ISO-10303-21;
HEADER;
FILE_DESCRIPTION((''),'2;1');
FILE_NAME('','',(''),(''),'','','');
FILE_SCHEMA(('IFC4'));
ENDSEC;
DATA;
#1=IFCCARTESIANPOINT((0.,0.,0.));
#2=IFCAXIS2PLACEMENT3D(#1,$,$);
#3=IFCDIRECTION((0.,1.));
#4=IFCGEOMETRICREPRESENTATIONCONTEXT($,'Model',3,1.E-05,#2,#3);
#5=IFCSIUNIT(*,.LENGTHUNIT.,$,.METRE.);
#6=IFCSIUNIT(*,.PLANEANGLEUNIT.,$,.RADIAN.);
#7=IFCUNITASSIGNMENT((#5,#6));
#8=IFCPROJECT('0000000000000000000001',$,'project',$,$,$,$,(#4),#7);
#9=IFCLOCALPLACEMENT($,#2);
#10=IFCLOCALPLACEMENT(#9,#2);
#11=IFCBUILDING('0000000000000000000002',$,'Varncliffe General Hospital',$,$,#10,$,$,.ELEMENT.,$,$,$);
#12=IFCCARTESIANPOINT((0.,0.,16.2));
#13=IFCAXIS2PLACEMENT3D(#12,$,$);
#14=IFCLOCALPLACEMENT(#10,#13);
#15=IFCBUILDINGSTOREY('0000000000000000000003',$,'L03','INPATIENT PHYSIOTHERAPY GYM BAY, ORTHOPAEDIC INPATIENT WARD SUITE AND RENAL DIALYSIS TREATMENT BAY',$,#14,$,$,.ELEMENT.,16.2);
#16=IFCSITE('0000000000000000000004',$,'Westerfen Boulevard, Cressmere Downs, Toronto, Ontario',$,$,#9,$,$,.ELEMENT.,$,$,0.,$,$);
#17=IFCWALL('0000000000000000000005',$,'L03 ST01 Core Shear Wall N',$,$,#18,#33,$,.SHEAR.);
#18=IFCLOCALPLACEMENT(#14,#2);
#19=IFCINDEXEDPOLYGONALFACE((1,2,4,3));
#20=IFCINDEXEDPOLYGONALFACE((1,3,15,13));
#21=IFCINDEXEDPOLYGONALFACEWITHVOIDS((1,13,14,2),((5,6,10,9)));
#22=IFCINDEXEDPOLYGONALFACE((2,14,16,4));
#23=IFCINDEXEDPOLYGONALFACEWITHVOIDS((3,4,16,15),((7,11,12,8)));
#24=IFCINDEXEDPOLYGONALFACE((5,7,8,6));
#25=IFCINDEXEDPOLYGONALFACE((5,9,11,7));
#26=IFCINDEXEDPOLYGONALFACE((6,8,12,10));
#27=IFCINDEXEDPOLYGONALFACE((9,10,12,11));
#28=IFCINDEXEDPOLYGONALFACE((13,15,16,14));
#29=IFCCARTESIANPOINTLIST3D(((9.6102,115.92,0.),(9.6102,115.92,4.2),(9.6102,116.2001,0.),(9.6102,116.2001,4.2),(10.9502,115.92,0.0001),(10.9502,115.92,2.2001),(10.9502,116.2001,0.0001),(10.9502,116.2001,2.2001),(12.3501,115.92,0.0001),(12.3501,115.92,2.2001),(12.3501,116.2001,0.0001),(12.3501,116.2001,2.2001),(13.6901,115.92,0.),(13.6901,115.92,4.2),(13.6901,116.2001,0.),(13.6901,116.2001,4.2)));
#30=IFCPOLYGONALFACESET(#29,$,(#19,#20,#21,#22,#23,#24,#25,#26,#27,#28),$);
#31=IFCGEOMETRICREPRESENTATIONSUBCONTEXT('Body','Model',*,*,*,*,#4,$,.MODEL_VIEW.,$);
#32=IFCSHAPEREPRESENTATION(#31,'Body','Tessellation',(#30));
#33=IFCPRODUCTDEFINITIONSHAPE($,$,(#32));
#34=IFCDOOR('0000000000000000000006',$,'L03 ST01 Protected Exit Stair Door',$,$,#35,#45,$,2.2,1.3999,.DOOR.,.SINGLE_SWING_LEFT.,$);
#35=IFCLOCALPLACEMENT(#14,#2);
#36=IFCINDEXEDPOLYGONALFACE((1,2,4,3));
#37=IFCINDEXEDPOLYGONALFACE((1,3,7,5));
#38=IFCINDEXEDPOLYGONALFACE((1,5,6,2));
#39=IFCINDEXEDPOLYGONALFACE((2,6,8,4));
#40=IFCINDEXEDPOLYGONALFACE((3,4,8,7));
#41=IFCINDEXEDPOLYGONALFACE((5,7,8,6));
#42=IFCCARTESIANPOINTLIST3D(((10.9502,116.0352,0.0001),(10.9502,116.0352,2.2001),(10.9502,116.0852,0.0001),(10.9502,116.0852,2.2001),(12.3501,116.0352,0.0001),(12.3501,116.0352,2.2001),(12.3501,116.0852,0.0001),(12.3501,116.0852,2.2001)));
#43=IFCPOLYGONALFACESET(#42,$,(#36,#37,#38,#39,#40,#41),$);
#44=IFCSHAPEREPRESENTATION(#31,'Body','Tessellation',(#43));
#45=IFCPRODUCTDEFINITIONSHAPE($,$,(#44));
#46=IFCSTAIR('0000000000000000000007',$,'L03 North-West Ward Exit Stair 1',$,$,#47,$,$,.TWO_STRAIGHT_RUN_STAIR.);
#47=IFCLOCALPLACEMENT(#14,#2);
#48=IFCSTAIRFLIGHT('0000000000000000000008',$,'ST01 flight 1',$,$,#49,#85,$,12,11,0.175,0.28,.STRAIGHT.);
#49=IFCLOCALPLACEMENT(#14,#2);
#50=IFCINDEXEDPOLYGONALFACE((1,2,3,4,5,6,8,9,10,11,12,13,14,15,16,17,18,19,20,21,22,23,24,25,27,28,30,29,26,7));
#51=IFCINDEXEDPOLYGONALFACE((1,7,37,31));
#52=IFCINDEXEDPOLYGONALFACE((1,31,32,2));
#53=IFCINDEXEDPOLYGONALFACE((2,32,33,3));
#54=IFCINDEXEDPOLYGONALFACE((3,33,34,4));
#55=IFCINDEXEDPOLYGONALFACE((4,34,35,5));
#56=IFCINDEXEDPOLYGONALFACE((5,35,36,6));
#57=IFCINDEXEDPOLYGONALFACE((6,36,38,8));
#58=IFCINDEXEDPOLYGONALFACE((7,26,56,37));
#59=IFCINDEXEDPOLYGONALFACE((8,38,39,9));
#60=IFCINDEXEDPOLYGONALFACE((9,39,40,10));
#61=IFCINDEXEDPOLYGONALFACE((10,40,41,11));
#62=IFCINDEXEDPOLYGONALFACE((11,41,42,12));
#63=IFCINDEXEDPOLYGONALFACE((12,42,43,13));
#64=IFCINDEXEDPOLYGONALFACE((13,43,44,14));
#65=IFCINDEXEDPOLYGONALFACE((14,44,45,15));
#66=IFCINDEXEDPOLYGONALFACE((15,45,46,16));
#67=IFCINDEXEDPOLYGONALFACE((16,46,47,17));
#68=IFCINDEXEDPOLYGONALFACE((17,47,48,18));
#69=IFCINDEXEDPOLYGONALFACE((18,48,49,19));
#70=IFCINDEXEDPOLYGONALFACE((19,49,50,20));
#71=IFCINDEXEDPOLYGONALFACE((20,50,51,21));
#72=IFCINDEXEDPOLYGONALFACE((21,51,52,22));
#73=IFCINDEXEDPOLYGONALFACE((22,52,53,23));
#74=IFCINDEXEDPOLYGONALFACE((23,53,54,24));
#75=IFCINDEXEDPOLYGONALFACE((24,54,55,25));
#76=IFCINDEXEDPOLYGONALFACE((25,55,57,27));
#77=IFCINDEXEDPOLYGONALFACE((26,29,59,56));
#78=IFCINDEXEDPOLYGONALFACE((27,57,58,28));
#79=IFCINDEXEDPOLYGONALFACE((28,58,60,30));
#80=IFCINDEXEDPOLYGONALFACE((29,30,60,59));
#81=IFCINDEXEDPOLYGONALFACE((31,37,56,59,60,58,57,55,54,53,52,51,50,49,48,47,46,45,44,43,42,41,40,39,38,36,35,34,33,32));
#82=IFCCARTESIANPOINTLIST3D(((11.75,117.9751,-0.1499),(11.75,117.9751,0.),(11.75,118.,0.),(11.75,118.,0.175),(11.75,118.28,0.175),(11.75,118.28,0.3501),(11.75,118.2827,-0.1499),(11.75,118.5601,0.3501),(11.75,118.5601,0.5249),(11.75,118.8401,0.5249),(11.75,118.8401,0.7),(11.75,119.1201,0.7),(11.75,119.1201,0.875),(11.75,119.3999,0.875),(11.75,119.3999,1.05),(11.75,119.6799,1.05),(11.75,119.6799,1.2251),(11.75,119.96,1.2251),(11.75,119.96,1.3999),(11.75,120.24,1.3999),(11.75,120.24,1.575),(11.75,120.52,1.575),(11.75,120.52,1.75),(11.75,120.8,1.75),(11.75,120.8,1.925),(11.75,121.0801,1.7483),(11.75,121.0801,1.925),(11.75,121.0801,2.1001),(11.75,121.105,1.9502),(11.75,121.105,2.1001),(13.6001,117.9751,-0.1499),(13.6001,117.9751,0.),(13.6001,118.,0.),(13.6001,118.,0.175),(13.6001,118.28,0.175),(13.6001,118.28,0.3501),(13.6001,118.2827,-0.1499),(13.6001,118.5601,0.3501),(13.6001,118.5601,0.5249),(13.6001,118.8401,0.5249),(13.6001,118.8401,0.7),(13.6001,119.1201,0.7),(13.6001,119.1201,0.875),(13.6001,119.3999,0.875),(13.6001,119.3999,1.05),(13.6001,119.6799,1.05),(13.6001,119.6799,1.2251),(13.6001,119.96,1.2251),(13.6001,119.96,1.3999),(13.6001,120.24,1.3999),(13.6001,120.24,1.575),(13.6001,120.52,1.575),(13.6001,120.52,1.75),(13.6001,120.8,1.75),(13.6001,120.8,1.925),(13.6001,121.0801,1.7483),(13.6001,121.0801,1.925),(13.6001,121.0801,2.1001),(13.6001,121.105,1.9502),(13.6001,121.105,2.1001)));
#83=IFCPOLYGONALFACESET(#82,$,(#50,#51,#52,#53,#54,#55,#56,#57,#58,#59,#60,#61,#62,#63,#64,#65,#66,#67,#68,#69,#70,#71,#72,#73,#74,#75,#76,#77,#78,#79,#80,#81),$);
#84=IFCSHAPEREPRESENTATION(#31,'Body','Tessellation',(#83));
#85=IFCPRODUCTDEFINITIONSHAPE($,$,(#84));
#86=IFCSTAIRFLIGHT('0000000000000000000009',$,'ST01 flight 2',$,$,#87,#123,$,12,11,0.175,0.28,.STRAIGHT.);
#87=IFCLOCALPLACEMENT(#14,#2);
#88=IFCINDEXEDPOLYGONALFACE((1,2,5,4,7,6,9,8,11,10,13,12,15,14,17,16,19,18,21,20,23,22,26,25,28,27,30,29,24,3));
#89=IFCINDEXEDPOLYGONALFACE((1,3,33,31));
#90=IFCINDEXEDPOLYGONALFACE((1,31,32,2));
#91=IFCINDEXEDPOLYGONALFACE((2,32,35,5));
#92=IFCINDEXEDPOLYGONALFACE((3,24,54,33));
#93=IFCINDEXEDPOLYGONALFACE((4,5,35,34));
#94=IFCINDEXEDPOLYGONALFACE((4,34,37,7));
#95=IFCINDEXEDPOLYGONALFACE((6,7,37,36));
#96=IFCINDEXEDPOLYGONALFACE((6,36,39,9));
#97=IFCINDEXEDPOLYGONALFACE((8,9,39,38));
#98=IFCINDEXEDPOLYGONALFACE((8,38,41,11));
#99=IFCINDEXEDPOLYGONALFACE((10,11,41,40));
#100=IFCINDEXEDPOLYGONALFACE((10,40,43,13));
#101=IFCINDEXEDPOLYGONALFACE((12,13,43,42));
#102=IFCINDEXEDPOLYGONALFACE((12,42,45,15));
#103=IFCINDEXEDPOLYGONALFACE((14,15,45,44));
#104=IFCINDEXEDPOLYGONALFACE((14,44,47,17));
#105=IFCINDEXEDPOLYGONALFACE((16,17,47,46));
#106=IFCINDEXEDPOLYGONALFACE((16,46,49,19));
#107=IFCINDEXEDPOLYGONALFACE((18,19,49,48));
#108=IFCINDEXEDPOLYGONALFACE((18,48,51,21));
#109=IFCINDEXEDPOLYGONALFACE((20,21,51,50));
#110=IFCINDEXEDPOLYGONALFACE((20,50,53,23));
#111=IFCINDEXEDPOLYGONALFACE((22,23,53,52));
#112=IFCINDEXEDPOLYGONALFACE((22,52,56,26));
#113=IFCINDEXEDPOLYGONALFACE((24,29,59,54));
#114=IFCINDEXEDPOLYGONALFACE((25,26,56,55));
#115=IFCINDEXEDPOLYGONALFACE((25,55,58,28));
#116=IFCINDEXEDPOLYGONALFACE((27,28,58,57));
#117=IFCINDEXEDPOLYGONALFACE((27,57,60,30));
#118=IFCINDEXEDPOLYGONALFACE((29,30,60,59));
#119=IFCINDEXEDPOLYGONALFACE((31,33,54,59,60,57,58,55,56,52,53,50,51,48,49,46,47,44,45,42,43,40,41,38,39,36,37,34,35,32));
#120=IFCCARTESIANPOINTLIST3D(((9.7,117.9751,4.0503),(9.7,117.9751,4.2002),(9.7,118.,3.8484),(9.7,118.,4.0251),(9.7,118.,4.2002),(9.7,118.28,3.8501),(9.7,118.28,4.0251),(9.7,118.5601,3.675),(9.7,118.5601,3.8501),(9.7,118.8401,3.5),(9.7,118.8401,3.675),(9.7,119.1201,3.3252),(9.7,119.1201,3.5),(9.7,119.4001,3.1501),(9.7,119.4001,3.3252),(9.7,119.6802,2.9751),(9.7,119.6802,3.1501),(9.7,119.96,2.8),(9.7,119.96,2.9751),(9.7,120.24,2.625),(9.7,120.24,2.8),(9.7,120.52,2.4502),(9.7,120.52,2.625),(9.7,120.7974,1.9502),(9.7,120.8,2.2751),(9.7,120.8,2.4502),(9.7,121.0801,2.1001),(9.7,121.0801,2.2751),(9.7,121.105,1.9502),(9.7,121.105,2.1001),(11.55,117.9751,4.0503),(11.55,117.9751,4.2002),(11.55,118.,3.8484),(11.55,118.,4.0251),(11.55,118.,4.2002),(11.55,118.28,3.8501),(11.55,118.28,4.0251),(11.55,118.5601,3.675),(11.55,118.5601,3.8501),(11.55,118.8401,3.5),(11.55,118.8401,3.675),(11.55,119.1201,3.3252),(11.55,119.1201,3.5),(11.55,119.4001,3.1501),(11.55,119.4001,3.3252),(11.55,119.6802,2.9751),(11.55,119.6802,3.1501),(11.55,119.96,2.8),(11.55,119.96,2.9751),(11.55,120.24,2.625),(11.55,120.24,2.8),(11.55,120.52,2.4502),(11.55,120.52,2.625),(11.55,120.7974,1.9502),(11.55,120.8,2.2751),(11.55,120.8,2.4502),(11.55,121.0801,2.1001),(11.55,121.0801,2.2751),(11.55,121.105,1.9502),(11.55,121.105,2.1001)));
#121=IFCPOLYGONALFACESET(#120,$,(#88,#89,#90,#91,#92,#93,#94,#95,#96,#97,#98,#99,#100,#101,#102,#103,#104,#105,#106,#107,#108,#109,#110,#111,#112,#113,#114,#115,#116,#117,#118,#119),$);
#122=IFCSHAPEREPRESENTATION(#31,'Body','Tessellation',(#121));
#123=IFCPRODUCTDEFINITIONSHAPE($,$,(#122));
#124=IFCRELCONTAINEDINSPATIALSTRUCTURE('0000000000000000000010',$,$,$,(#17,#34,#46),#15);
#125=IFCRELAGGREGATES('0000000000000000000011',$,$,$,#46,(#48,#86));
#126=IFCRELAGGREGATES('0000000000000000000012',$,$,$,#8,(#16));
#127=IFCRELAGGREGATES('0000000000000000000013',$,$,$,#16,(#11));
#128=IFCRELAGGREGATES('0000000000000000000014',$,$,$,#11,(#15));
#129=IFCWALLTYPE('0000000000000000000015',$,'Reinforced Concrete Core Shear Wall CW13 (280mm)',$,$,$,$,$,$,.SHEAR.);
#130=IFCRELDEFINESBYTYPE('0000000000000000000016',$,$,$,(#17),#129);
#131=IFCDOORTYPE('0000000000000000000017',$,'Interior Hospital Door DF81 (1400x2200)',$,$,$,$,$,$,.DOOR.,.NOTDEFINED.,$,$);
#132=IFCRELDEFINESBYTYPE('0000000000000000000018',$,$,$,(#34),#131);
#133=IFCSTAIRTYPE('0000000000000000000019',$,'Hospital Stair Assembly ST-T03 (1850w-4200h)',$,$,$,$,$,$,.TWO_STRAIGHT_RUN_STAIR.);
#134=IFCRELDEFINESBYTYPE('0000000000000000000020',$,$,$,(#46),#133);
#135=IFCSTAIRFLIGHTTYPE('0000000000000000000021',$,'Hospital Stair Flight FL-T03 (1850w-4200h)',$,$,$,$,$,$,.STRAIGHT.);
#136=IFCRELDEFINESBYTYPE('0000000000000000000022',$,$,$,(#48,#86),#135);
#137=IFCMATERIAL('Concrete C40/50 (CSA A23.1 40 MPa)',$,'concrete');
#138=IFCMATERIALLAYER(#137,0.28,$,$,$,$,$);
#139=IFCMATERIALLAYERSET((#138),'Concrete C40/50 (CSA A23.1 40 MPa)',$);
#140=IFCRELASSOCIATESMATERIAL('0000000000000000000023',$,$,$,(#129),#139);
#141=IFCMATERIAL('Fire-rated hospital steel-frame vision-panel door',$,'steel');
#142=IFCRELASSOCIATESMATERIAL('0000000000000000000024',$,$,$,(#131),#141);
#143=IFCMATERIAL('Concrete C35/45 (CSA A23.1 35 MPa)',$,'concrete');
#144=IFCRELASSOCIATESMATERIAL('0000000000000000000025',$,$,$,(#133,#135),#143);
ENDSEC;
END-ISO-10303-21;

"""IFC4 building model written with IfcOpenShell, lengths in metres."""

from ifc_helpers import new_model, si_unit, direction, frame, frame_2d, origin, place, context, subcontext, project, spatial, polyline, rectangle, outline, extrude, material, layer, layer_set, type_object, element, fill, aggregate, save


model = new_model("IFC4")

# Units and contexts
model_context = context("Model", 3, precision=1e-05, world=origin(), true_north=direction((0.0, 1.0)))
body_context = subcontext(model_context, "Body", "Model", "MODEL_VIEW")
ifc_project = project(units=[si_unit("LENGTHUNIT", "METRE"), si_unit("PLANEANGLEUNIT", "RADIAN")], contexts=[model_context])

# Site, building, storey
site_placement = place(None, origin())
site = spatial("IfcSite", under=ifc_project, at=site_placement, Name="Westerfen Boulevard, Cressmere Downs, Toronto, Ontario", CompositionType="ELEMENT", RefElevation=0.0)
building_placement = place(site_placement, origin())
building = spatial("IfcBuilding", under=site, at=building_placement, Name="Varncliffe General Hospital", CompositionType="ELEMENT")
storey_placement = place(building_placement, frame((0.0, 0.0, 16.2)))
storey = spatial("IfcBuildingStorey", under=building, at=storey_placement, Name="L03", Description="INPATIENT PHYSIOTHERAPY GYM BAY, ORTHOPAEDIC INPATIENT WARD SUITE AND RENAL DIALYSIS TREATMENT BAY", CompositionType="ELEMENT", Elevation=16.2)

# Shared definitions
ifc_material_1 = material(Name="Concrete C40/50 (CSA A23.1 40 MPa)", Category="concrete")

# Shared definitions
ifc_material_2 = material(Name="Concrete C35/45 (CSA A23.1 35 MPa)", Category="concrete")

# Shared definitions
ifc_material_3 = material(Name="Fire-rated hospital steel-frame vision-panel door", Category="steel")

# Shared definitions
ifc_layer_1 = layer(ifc_material_1, 0.28)
ifc_layer_set_1 = layer_set([ifc_layer_1], Name="Concrete C40/50 (CSA A23.1 40 MPa)")
wall_type_1 = type_object("IfcWallType", Name="Reinforced Concrete Core Shear Wall CW13 (280mm)", PredefinedType="SHEAR", material=ifc_layer_set_1)

# Wall, opening, door
wall_1_placement = place(storey_placement, frame((9.6101, 116.0601, 0.0), z_axis=(0.0, 0.0, 1.0), x_axis=(1.0, 0.0, 0.0)))
wall_1 = element("IfcWall", 1, at=wall_1_placement, inside=storey, type_object=wall_type_1, Name="L03 ST01 Core Shear Wall N", PredefinedType="SHEAR", context=body_context, shape_type="SweptSolid", body=[
    extrude(rectangle(XDim=4.0798, YDim=0.28, at=frame_2d((2.04, 0.0))), origin(), (0.0, 0.0, 1.0), 4.2),
])
opening_1_placement = place(wall_1_placement, frame((1.3401, 0.0, 0.0)))
opening_1 = element("IfcOpeningElement", 2, at=opening_1_placement, cuts=wall_1, PredefinedType="OPENING", context=body_context, shape_type="SweptSolid", body=[
    extrude(rectangle(XDim=1.3999, YDim=2.2, at=frame_2d((0.7, 1.1001))), frame((0.0, 0.1499, 0.0), z_axis=(0.0, -1.0, 0.0), x_axis=(1.0, 0.0, 0.0)), (0.0, 0.0, 1.0), 0.3),
])
door_type_1 = type_object("IfcDoorType", Name="Interior Hospital Door DF81 (1400x2200)", OperationType="NOTDEFINED", PredefinedType="DOOR", material=ifc_material_3)
door_1_placement = place(opening_1_placement, frame((1.3999, 0.0, 0.0), z_axis=(0.0, 0.0, 1.0), x_axis=(-1.0, 0.0, 0.0)))
door_1 = element("IfcDoor", 3, at=door_1_placement, inside=storey, type_object=door_type_1, Name="L03 ST01 Protected Exit Stair Door", OperationType="SINGLE_SWING_LEFT", OverallHeight=2.2, OverallWidth=1.3999, PredefinedType="DOOR", context=body_context, shape_type="SweptSolid", body=[
    extrude(rectangle(XDim=1.3999, YDim=2.2, at=frame_2d((0.7, 1.1001))), frame((0.0, 0.0249, 0.0), z_axis=(0.0, -1.0, 0.0), x_axis=(1.0, 0.0, 0.0)), (0.0, 0.0, 1.0), 0.05),
])
fill(opening_1, door_1)

# Stair, stair flights
stair_type = type_object("IfcStairType", Name="Hospital Stair Assembly ST-T03 (1850w-4200h)", PredefinedType="TWO_STRAIGHT_RUN_STAIR", material=ifc_material_2)
stair_placement = place(storey_placement, origin())
stair = element("IfcStair", 4, at=stair_placement, inside=storey, type_object=stair_type, Name="L03 North-West Ward Exit Stair 1", PredefinedType="TWO_STRAIGHT_RUN_STAIR")
stair_flight_type = type_object("IfcStairFlightType", Name="Hospital Stair Flight FL-T03 (1850w-4200h)", PredefinedType="STRAIGHT", material=ifc_material_2)
stair_flight_1_placement = place(storey_placement, frame((12.675, 118.0, 0.0), z_axis=(0.0, 0.0, 1.0), x_axis=(0.0, 1.0, 0.0)))
stair_flight_1 = element("IfcStairFlight", 5, at=stair_flight_1_placement, type_object=stair_flight_type, Name="ST01 flight 1", NumberOfRisers=12, NumberOfTreads=11, PredefinedType="STRAIGHT", RiserHeight=0.175, TreadLength=0.28, context=body_context, shape_type="SweptSolid", body=[
    extrude(outline(polyline([(-0.0249, -0.1499), (-0.0249, 0.0), (0.0, 0.0), (0.0, 0.175), (0.28, 0.175), (0.28, 0.3501), (0.5601, 0.3501), (0.5601, 0.5249), (0.8401, 0.5249), (0.8401, 0.7), (1.1201, 0.7), (1.1201, 0.875), (1.3999, 0.875), (1.3999, 1.05), (1.6799, 1.05), (1.6799, 1.2251), (1.96, 1.2251), (1.96, 1.3999), (2.24, 1.3999), (2.24, 1.575), (2.52, 1.575), (2.52, 1.75), (2.8, 1.75), (2.8, 1.925), (3.0801, 1.925), (3.0801, 2.1001), (3.105, 2.1001), (3.105, 1.9502), (3.0801, 1.7483), (0.2827, -0.1499), (-0.0249, -0.1499)])), frame((0.0, 0.925, 0.0), z_axis=(0.0, -1.0, 0.0), x_axis=(1.0, 0.0, 0.0)), (0.0, 0.0, 1.0), 1.8501),
])
stair_flight_2_placement = place(storey_placement, frame((10.625, 121.0801, 2.1001), z_axis=(0.0, 0.0, 1.0), x_axis=(0.0, -1.0, 0.0)))
stair_flight_2 = element("IfcStairFlight", 6, at=stair_flight_2_placement, type_object=stair_flight_type, Name="ST01 flight 2", NumberOfRisers=12, NumberOfTreads=11, PredefinedType="STRAIGHT", RiserHeight=0.175, TreadLength=0.28, context=body_context, shape_type="SweptSolid", body=[
    extrude(outline(polyline([(-0.0249, -0.1499), (-0.0249, 0.0), (0.0, 0.0), (0.0, 0.175), (0.28, 0.175), (0.28, 0.3501), (0.5601, 0.3501), (0.5601, 0.5249), (0.8401, 0.5249), (0.8401, 0.7), (1.1201, 0.7), (1.1201, 0.875), (1.3999, 0.875), (1.3999, 1.05), (1.6799, 1.05), (1.6799, 1.2251), (1.96, 1.2251), (1.96, 1.3999), (2.24, 1.3999), (2.24, 1.575), (2.52, 1.575), (2.52, 1.75), (2.8, 1.75), (2.8, 1.925), (3.0801, 1.925), (3.0801, 2.1001), (3.105, 2.1001), (3.105, 1.9502), (3.0801, 1.7483), (0.2827, -0.1499), (-0.0249, -0.1499)])), frame((0.0, 0.925, 0.0), z_axis=(0.0, -1.0, 0.0), x_axis=(1.0, 0.0, 0.0)), (0.0, 0.0, 1.0), 1.8501),
])
aggregate(stair, [stair_flight_1, stair_flight_2])

save(model, "model.ifc")
